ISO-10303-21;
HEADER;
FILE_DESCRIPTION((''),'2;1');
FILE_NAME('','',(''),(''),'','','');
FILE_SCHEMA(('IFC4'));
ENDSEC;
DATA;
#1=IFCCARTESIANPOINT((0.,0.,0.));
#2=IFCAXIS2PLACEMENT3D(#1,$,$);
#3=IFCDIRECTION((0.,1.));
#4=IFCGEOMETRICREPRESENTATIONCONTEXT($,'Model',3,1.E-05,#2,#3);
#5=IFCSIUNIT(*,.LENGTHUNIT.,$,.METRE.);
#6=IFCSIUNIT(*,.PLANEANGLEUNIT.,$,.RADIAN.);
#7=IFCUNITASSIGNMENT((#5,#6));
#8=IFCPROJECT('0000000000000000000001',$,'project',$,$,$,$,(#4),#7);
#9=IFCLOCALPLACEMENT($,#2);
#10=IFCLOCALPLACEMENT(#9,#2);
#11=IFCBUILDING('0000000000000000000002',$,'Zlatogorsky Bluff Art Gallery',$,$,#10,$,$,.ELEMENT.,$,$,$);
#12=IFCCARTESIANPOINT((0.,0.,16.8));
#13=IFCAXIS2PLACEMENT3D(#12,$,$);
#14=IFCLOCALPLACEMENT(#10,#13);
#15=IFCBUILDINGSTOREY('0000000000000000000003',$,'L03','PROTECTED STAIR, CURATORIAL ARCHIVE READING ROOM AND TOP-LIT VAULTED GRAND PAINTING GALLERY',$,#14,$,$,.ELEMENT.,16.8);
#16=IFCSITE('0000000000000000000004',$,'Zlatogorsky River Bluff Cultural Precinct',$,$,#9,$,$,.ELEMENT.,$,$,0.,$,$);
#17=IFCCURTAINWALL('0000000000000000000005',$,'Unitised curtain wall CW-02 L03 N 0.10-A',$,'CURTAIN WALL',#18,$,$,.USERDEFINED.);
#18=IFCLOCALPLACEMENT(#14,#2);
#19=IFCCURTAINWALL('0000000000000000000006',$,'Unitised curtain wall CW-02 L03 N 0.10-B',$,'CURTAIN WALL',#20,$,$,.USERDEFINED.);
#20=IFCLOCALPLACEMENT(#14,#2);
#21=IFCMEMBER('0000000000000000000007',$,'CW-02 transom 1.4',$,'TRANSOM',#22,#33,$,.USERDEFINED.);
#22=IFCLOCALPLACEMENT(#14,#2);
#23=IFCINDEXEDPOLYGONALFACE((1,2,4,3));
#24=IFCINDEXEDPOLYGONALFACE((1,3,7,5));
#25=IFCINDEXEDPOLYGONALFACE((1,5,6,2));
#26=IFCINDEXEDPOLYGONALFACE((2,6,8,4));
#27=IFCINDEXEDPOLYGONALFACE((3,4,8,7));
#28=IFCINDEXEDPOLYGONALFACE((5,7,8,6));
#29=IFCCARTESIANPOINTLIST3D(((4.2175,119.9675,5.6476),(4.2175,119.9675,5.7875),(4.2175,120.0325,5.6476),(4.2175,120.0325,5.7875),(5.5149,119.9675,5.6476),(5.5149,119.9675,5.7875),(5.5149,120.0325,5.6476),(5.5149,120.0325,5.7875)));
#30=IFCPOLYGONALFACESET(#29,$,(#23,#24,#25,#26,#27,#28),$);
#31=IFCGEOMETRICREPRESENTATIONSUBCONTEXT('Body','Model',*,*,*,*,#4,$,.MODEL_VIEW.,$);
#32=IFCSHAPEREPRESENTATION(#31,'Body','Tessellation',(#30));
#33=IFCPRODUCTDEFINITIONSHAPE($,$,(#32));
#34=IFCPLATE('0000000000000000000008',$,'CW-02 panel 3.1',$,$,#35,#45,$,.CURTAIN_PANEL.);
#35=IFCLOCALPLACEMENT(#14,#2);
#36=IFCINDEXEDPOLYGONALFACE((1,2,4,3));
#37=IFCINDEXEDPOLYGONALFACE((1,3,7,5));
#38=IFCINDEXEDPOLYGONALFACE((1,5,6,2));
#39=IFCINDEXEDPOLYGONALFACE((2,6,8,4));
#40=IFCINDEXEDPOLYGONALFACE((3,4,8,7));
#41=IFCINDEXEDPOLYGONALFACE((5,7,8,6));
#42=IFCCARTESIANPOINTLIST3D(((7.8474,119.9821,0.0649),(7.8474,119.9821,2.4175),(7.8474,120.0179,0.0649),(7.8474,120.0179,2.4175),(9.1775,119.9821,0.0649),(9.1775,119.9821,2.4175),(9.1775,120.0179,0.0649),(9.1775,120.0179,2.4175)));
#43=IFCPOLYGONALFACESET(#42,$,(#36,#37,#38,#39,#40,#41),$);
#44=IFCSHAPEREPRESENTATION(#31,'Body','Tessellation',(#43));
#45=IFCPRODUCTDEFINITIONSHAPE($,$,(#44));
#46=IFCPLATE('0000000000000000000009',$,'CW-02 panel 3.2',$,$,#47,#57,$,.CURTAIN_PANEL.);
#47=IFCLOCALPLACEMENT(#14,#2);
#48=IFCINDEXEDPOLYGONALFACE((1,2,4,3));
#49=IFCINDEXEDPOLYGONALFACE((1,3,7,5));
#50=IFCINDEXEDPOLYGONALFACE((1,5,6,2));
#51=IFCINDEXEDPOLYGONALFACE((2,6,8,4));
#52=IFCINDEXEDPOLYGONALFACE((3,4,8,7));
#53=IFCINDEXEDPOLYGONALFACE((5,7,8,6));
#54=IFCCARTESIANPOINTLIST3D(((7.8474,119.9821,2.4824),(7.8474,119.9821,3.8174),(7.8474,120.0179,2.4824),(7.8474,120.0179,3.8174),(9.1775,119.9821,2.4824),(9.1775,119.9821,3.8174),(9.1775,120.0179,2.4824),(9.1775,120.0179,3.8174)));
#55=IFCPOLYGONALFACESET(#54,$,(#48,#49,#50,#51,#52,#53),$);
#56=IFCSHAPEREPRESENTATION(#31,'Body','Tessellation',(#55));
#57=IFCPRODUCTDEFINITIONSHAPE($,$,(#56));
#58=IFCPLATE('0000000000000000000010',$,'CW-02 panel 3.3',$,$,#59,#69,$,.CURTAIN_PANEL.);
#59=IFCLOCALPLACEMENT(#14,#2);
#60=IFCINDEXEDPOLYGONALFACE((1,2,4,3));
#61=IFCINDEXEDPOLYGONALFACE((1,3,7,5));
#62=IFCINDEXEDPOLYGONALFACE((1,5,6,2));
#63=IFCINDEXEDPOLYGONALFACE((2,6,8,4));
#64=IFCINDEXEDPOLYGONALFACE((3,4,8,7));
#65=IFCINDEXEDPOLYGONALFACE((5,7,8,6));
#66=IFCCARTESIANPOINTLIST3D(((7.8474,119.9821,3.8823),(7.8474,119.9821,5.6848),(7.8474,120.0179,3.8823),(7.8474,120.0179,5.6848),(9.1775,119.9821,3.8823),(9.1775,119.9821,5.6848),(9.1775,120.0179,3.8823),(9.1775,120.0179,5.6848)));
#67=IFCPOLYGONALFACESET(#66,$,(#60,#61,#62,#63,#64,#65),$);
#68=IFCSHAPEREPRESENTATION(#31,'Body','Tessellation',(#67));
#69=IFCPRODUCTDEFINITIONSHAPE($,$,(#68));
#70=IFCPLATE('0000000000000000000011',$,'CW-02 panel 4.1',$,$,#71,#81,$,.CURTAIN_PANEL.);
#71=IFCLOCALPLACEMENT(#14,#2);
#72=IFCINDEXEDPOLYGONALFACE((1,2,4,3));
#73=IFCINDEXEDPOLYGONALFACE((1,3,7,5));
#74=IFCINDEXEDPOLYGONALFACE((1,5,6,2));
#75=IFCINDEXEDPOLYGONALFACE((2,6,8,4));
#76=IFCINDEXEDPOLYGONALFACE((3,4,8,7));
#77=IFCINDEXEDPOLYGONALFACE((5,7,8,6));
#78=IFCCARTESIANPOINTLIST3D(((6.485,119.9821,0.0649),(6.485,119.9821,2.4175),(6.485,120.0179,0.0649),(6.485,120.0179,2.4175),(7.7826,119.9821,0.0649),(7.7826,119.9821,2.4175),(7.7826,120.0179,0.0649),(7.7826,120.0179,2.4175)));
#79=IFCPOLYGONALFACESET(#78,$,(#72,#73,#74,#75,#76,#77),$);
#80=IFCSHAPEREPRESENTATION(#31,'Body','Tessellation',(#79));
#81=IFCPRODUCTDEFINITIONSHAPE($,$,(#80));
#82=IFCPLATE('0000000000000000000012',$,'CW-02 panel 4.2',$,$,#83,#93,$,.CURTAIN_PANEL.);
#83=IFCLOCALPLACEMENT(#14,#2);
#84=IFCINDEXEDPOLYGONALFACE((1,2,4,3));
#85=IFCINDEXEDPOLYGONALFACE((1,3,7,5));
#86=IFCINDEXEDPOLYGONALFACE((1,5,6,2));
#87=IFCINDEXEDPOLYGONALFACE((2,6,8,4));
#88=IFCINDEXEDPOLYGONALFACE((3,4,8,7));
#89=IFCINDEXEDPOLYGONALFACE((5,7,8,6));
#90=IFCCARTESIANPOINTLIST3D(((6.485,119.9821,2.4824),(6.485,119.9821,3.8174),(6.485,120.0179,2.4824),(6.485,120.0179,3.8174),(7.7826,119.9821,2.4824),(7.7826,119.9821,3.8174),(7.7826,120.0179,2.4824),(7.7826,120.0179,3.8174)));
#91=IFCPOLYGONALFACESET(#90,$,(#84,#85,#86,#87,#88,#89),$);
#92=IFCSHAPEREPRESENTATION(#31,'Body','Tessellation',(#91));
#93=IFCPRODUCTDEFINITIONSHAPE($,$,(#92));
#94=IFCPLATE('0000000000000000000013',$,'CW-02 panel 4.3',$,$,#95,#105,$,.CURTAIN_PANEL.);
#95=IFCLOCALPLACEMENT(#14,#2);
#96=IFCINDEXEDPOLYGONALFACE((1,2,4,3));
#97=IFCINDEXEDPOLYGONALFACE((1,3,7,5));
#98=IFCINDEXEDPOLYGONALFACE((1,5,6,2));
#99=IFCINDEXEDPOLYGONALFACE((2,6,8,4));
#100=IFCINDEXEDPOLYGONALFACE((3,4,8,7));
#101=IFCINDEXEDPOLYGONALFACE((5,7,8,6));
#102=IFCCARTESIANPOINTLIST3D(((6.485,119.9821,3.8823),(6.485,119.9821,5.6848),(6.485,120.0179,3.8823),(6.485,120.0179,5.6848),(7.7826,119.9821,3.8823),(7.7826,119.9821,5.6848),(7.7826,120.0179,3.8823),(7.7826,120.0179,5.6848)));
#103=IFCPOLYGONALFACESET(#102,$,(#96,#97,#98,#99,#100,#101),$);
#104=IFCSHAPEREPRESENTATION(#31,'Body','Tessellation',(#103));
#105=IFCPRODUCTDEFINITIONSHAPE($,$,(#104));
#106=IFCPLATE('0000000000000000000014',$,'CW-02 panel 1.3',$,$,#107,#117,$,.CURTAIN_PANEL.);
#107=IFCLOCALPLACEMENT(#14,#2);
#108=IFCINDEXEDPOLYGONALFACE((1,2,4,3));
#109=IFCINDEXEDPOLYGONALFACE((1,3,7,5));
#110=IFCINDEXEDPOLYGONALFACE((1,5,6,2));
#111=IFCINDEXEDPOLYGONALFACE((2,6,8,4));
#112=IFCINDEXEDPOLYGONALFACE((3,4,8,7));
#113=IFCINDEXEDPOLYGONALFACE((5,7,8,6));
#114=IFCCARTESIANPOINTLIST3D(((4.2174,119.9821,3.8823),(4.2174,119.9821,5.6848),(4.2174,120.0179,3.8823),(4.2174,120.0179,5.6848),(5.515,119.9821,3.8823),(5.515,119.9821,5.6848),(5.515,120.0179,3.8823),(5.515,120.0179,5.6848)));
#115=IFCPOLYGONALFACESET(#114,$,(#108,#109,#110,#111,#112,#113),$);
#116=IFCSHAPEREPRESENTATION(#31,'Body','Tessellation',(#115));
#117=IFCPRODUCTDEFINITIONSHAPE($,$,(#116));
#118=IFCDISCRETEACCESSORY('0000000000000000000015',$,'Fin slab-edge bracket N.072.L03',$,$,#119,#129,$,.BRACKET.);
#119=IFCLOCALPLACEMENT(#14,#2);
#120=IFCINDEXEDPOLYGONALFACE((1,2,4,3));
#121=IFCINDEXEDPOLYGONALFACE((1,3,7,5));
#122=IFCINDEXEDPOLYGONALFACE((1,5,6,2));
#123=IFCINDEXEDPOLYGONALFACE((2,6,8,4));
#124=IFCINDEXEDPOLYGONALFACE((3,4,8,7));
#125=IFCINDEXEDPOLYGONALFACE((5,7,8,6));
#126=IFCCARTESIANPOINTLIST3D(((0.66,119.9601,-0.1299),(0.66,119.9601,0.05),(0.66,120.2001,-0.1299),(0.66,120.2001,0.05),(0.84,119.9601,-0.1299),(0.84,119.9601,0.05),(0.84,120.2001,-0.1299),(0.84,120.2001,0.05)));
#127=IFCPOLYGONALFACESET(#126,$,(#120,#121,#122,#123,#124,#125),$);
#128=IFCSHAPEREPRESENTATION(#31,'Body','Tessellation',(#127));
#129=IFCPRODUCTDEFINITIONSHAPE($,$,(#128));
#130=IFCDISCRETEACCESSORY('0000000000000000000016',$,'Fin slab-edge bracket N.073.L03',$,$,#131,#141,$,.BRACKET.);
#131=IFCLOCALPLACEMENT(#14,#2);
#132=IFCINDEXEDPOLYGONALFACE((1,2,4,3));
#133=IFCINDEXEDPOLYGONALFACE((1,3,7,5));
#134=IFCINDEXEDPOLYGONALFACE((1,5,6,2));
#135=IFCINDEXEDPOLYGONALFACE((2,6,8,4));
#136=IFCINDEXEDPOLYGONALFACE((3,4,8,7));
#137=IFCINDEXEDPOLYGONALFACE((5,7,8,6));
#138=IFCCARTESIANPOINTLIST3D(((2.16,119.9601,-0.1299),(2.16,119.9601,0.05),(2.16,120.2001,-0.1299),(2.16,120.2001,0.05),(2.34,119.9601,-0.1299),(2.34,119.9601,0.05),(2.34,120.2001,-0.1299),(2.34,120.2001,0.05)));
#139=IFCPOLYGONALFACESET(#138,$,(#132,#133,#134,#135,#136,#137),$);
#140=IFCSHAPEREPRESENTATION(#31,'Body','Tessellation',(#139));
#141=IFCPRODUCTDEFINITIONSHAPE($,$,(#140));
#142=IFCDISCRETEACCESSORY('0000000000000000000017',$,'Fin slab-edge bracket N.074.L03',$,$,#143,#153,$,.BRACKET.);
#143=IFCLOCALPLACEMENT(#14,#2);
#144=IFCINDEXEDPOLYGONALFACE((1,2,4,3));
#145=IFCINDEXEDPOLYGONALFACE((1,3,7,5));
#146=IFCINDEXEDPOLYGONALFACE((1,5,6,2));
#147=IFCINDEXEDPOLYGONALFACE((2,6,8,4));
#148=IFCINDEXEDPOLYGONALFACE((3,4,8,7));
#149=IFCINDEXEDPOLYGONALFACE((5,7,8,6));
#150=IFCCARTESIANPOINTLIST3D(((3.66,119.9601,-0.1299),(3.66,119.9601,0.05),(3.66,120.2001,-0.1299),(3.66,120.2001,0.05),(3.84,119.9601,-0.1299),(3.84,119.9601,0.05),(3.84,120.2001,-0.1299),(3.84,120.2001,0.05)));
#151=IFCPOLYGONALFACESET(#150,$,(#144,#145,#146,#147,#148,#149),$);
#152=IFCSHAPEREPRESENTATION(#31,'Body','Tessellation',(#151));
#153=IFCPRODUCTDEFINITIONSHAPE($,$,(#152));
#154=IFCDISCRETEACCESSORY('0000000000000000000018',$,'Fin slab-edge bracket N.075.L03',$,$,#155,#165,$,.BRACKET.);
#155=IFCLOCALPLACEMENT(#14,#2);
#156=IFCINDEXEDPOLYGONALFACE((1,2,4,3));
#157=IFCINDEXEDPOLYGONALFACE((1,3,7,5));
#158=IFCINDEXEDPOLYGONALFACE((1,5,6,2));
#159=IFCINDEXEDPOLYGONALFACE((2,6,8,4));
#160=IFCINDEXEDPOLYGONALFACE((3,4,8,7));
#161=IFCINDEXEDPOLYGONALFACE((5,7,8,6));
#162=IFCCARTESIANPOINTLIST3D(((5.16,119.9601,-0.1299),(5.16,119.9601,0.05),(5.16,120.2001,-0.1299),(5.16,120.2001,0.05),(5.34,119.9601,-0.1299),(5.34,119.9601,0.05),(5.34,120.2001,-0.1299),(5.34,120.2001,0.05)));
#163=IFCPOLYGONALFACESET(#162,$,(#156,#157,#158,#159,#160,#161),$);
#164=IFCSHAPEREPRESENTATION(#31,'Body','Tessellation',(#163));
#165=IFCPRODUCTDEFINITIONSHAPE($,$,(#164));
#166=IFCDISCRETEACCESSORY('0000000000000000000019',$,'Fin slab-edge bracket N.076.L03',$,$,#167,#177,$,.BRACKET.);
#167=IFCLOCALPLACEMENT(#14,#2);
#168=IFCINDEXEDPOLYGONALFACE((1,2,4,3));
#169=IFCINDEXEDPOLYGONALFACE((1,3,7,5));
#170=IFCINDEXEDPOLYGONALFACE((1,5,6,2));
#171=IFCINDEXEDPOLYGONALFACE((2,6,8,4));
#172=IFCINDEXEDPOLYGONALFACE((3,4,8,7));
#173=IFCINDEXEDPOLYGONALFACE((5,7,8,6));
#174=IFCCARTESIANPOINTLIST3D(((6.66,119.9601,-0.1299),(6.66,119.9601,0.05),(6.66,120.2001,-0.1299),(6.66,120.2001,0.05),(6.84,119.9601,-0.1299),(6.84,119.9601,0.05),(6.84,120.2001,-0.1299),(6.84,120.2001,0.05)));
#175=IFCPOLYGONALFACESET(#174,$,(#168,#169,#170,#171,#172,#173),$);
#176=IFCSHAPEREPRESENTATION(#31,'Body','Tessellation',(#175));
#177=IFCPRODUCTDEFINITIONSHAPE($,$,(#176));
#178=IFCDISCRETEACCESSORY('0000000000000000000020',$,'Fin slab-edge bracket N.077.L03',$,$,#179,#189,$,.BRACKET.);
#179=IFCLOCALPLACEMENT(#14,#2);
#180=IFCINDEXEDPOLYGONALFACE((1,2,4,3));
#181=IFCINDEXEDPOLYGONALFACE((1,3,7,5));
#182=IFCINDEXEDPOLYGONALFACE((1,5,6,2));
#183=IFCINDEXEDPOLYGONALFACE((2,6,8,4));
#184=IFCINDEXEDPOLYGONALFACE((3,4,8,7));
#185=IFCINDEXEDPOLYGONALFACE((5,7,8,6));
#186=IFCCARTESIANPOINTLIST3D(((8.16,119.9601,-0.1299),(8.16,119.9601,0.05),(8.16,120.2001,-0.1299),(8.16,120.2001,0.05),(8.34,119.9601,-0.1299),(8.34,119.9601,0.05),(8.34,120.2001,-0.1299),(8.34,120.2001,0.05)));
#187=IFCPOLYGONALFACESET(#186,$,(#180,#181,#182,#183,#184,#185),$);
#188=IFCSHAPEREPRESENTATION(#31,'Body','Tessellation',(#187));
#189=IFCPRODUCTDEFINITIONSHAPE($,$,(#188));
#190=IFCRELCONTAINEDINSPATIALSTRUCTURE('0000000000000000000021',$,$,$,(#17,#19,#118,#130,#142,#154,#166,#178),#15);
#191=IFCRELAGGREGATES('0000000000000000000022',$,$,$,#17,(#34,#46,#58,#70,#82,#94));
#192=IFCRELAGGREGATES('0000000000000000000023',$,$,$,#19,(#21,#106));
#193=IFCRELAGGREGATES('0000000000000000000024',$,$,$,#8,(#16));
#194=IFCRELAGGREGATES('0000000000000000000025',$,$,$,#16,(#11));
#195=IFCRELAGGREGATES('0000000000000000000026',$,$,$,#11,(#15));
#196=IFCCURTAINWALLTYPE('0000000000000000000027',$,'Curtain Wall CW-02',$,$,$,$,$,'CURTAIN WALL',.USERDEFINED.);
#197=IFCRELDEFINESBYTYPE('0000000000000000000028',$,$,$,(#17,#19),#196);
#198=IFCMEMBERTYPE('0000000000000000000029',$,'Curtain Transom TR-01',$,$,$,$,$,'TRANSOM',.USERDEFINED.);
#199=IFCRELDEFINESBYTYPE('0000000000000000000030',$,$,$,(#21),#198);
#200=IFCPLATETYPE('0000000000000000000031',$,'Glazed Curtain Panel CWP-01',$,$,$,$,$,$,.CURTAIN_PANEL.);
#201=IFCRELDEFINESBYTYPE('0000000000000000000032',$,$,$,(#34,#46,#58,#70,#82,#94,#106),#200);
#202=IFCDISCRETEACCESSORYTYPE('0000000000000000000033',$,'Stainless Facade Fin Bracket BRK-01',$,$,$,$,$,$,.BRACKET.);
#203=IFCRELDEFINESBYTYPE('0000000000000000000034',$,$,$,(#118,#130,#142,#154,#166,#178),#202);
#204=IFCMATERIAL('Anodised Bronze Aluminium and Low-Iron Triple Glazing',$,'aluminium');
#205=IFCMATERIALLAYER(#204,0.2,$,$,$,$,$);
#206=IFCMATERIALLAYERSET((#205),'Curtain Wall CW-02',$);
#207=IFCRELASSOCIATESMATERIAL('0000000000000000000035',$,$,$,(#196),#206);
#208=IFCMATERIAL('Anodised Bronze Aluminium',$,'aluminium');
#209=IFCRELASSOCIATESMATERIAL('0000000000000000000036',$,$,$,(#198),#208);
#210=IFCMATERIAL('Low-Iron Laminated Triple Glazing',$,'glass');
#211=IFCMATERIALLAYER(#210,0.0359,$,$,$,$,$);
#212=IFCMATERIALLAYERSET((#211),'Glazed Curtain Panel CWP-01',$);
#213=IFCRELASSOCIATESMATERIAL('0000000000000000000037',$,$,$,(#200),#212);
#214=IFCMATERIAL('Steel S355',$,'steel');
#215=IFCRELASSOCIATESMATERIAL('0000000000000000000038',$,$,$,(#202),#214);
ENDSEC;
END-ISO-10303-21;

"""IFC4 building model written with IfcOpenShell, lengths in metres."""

from ifc_helpers import new_model, si_unit, direction, frame, origin, origin_2d, place, context, subcontext, project, spatial, rectangle, extrude, material, layer, layer_set, material_profile, profile_set, type_object, element, aggregate, save


model = new_model("IFC4")

# Units and contexts
model_context = context("Model", 3, precision=1e-05, world=origin(), true_north=direction((0.0, 1.0)))
body_context = subcontext(model_context, "Body", "Model", "MODEL_VIEW")
ifc_project = project(units=[si_unit("LENGTHUNIT", "METRE"), si_unit("PLANEANGLEUNIT", "RADIAN")], contexts=[model_context])

# Site, building, storey
site_placement = place(None, origin())
site = spatial("IfcSite", under=ifc_project, at=site_placement, Name="Zlatogorsky River Bluff Cultural Precinct", CompositionType="ELEMENT", RefElevation=0.0)
building_placement = place(site_placement, origin())
building = spatial("IfcBuilding", under=site, at=building_placement, Name="Zlatogorsky Bluff Art Gallery", CompositionType="ELEMENT")
storey_placement = place(building_placement, frame((0.0, 0.0, 16.8)))
storey = spatial("IfcBuildingStorey", under=building, at=storey_placement, Name="L03", Description="PROTECTED STAIR, CURATORIAL ARCHIVE READING ROOM AND TOP-LIT VAULTED GRAND PAINTING GALLERY", CompositionType="ELEMENT", Elevation=16.8)

# Curtain wall
ifc_material_1 = material(Name="Anodised Bronze Aluminium and Low-Iron Triple Glazing", Category="aluminium")
ifc_layer_1 = layer(ifc_material_1, 0.2)
ifc_layer_set_1 = layer_set([ifc_layer_1], Name="Curtain Wall CW-02")
curtain_wall_type = type_object("IfcCurtainWallType", Name="Curtain Wall CW-02", ElementType="CURTAIN WALL", PredefinedType="USERDEFINED", material=ifc_layer_set_1)
curtain_wall_1_placement = place(storey_placement, origin())
curtain_wall_1 = element("IfcCurtainWall", 1, at=curtain_wall_1_placement, inside=storey, type_object=curtain_wall_type, Name="Unitised curtain wall CW-02 L03 N 0.10-A", ObjectType="CURTAIN WALL", PredefinedType="USERDEFINED")
ifc_material_2 = material(Name="Anodised Bronze Aluminium", Category="aluminium")

# Curtain wall
curtain_wall_2_placement = place(storey_placement, origin())
curtain_wall_2 = element("IfcCurtainWall", 2, at=curtain_wall_2_placement, inside=storey, type_object=curtain_wall_type, Name="Unitised curtain wall CW-02 L03 N 0.10-B", ObjectType="CURTAIN WALL", PredefinedType="USERDEFINED")

# Member
ifc_material_profile_1 = material_profile(ifc_material_2, rectangle(XDim=0.0649, YDim=0.1399, at=origin_2d()), Name="ALU TRANSOM 65x140")
ifc_profile_set_1 = profile_set([ifc_material_profile_1], Name="Anodised Bronze Aluminium")
member_type_1 = type_object("IfcMemberType", Name="Curtain Transom TR-01", ElementType="TRANSOM", PredefinedType="USERDEFINED", material=ifc_profile_set_1)
member_1_placement = place(storey_placement, frame((5.5149, 120.0, 5.7175), z_axis=(-1.0, 0.0, 0.0), x_axis=(0.0, -1.0, 0.0)))
member_1 = element("IfcMember", 3, at=member_1_placement, type_object=member_type_1, Name="CW-02 transom 1.4", ObjectType="TRANSOM", PredefinedType="USERDEFINED", context=body_context, shape_type="SweptSolid", body=[
    extrude(rectangle(XDim=0.0649, YDim=0.1399, at=origin_2d()), origin(), (0.0, 0.0, 1.0), 1.2974),
])

# Plates
ifc_material_3 = material(Name="Low-Iron Laminated Triple Glazing", Category="glass")
ifc_layer_2 = layer(ifc_material_3, 0.0359)
ifc_layer_set_2 = layer_set([ifc_layer_2], Name="Glazed Curtain Panel CWP-01")
plate_type = type_object("IfcPlateType", Name="Glazed Curtain Panel CWP-01", PredefinedType="CURTAIN_PANEL", material=ifc_layer_set_2)
plate_1_placement = place(storey_placement, frame((8.5125, 120.0, 0.0649), z_axis=(0.0, 0.0, 1.0), x_axis=(-1.0, 0.0, 0.0)))
plate_1 = element("IfcPlate", 4, at=plate_1_placement, type_object=plate_type, Name="CW-02 panel 3.1", PredefinedType="CURTAIN_PANEL", context=body_context, shape_type="SweptSolid", body=[
    extrude(rectangle(XDim=1.3301, YDim=0.0359, at=origin_2d()), origin(), (0.0, 0.0, 1.0), 2.3525),
])
plate_2_placement = place(storey_placement, frame((8.5125, 120.0, 2.4824), z_axis=(0.0, 0.0, 1.0), x_axis=(-1.0, 0.0, 0.0)))
plate_2 = element("IfcPlate", 5, at=plate_2_placement, type_object=plate_type, Name="CW-02 panel 3.2", PredefinedType="CURTAIN_PANEL", context=body_context, shape_type="SweptSolid", body=[
    extrude(rectangle(XDim=1.3301, YDim=0.0359, at=origin_2d()), origin(), (0.0, 0.0, 1.0), 1.335),
])
plate_3_placement = place(storey_placement, frame((8.5125, 120.0, 3.8823), z_axis=(0.0, 0.0, 1.0), x_axis=(-1.0, 0.0, 0.0)))
plate_3 = element("IfcPlate", 6, at=plate_3_placement, type_object=plate_type, Name="CW-02 panel 3.3", PredefinedType="CURTAIN_PANEL", context=body_context, shape_type="SweptSolid", body=[
    extrude(rectangle(XDim=1.3301, YDim=0.0359, at=origin_2d()), origin(), (0.0, 0.0, 1.0), 1.8025),
])
plate_4_placement = place(storey_placement, frame((7.1338, 120.0, 0.0649), z_axis=(0.0, 0.0, 1.0), x_axis=(-1.0, 0.0, 0.0)))
plate_4 = element("IfcPlate", 7, at=plate_4_placement, type_object=plate_type, Name="CW-02 panel 4.1", PredefinedType="CURTAIN_PANEL", context=body_context, shape_type="SweptSolid", body=[
    extrude(rectangle(XDim=1.2976, YDim=0.0359, at=origin_2d()), origin(), (0.0, 0.0, 1.0), 2.3525),
])
plate_5_placement = place(storey_placement, frame((7.1338, 120.0, 2.4824), z_axis=(0.0, 0.0, 1.0), x_axis=(-1.0, 0.0, 0.0)))
plate_5 = element("IfcPlate", 8, at=plate_5_placement, type_object=plate_type, Name="CW-02 panel 4.2", PredefinedType="CURTAIN_PANEL", context=body_context, shape_type="SweptSolid", body=[
    extrude(rectangle(XDim=1.2976, YDim=0.0359, at=origin_2d()), origin(), (0.0, 0.0, 1.0), 1.335),
])
plate_6_placement = place(storey_placement, frame((7.1338, 120.0, 3.8823), z_axis=(0.0, 0.0, 1.0), x_axis=(-1.0, 0.0, 0.0)))
plate_6 = element("IfcPlate", 9, at=plate_6_placement, type_object=plate_type, Name="CW-02 panel 4.3", PredefinedType="CURTAIN_PANEL", context=body_context, shape_type="SweptSolid", body=[
    extrude(rectangle(XDim=1.2976, YDim=0.0359, at=origin_2d()), origin(), (0.0, 0.0, 1.0), 1.8025),
])
aggregate(curtain_wall_1, [plate_1, plate_2, plate_3, plate_4, plate_5, plate_6])
plate_7_placement = place(storey_placement, frame((4.8662, 120.0, 3.8823), z_axis=(0.0, 0.0, 1.0), x_axis=(-1.0, 0.0, 0.0)))
plate_7 = element("IfcPlate", 10, at=plate_7_placement, type_object=plate_type, Name="CW-02 panel 1.3", PredefinedType="CURTAIN_PANEL", context=body_context, shape_type="SweptSolid", body=[
    extrude(rectangle(XDim=1.2976, YDim=0.0359, at=origin_2d()), origin(), (0.0, 0.0, 1.0), 1.8025),
])
aggregate(curtain_wall_2, [member_1, plate_7])

# Discrete accessories
ifc_material_4 = material(Name="Steel S355", Category="steel")
discrete_accessory_type = type_object("IfcDiscreteAccessoryType", Name="Stainless Facade Fin Bracket BRK-01", PredefinedType="BRACKET", material=ifc_material_4)
for number, where, z_axis, x_axis, name in (
    (11, (0.75, 120.0801, -0.1299), (0.0, 0.0, 1.0), (1.0, 0.0, 0.0), "Fin slab-edge bracket N.072.L03"),
    (12, (2.25, 120.0801, -0.1299), (0.0, 0.0, 1.0), (1.0, 0.0, 0.0), "Fin slab-edge bracket N.073.L03"),
    (13, (3.75, 120.0801, -0.1299), (0.0, 0.0, 1.0), (1.0, 0.0, 0.0), "Fin slab-edge bracket N.074.L03"),
    (14, (5.25, 120.0801, -0.1299), (0.0, 0.0, 1.0), (1.0, 0.0, 0.0), "Fin slab-edge bracket N.075.L03"),
    (15, (6.75, 120.0801, -0.1299), (0.0, 0.0, 1.0), (1.0, 0.0, 0.0), "Fin slab-edge bracket N.076.L03"),
    (16, (8.25, 120.0801, -0.1299), (0.0, 0.0, 1.0), (1.0, 0.0, 0.0), "Fin slab-edge bracket N.077.L03"),
):
    element("IfcDiscreteAccessory", number, at=place(storey_placement, frame(where, z_axis=z_axis, x_axis=x_axis)), inside=storey, type_object=discrete_accessory_type, Name=name, PredefinedType="BRACKET", context=body_context, shape_type="SweptSolid", body=[
        extrude(rectangle(XDim=0.1799, YDim=0.24, at=origin_2d()), origin(), (0.0, 0.0, 1.0), 0.1799),
    ])

save(model, "model.ifc")
